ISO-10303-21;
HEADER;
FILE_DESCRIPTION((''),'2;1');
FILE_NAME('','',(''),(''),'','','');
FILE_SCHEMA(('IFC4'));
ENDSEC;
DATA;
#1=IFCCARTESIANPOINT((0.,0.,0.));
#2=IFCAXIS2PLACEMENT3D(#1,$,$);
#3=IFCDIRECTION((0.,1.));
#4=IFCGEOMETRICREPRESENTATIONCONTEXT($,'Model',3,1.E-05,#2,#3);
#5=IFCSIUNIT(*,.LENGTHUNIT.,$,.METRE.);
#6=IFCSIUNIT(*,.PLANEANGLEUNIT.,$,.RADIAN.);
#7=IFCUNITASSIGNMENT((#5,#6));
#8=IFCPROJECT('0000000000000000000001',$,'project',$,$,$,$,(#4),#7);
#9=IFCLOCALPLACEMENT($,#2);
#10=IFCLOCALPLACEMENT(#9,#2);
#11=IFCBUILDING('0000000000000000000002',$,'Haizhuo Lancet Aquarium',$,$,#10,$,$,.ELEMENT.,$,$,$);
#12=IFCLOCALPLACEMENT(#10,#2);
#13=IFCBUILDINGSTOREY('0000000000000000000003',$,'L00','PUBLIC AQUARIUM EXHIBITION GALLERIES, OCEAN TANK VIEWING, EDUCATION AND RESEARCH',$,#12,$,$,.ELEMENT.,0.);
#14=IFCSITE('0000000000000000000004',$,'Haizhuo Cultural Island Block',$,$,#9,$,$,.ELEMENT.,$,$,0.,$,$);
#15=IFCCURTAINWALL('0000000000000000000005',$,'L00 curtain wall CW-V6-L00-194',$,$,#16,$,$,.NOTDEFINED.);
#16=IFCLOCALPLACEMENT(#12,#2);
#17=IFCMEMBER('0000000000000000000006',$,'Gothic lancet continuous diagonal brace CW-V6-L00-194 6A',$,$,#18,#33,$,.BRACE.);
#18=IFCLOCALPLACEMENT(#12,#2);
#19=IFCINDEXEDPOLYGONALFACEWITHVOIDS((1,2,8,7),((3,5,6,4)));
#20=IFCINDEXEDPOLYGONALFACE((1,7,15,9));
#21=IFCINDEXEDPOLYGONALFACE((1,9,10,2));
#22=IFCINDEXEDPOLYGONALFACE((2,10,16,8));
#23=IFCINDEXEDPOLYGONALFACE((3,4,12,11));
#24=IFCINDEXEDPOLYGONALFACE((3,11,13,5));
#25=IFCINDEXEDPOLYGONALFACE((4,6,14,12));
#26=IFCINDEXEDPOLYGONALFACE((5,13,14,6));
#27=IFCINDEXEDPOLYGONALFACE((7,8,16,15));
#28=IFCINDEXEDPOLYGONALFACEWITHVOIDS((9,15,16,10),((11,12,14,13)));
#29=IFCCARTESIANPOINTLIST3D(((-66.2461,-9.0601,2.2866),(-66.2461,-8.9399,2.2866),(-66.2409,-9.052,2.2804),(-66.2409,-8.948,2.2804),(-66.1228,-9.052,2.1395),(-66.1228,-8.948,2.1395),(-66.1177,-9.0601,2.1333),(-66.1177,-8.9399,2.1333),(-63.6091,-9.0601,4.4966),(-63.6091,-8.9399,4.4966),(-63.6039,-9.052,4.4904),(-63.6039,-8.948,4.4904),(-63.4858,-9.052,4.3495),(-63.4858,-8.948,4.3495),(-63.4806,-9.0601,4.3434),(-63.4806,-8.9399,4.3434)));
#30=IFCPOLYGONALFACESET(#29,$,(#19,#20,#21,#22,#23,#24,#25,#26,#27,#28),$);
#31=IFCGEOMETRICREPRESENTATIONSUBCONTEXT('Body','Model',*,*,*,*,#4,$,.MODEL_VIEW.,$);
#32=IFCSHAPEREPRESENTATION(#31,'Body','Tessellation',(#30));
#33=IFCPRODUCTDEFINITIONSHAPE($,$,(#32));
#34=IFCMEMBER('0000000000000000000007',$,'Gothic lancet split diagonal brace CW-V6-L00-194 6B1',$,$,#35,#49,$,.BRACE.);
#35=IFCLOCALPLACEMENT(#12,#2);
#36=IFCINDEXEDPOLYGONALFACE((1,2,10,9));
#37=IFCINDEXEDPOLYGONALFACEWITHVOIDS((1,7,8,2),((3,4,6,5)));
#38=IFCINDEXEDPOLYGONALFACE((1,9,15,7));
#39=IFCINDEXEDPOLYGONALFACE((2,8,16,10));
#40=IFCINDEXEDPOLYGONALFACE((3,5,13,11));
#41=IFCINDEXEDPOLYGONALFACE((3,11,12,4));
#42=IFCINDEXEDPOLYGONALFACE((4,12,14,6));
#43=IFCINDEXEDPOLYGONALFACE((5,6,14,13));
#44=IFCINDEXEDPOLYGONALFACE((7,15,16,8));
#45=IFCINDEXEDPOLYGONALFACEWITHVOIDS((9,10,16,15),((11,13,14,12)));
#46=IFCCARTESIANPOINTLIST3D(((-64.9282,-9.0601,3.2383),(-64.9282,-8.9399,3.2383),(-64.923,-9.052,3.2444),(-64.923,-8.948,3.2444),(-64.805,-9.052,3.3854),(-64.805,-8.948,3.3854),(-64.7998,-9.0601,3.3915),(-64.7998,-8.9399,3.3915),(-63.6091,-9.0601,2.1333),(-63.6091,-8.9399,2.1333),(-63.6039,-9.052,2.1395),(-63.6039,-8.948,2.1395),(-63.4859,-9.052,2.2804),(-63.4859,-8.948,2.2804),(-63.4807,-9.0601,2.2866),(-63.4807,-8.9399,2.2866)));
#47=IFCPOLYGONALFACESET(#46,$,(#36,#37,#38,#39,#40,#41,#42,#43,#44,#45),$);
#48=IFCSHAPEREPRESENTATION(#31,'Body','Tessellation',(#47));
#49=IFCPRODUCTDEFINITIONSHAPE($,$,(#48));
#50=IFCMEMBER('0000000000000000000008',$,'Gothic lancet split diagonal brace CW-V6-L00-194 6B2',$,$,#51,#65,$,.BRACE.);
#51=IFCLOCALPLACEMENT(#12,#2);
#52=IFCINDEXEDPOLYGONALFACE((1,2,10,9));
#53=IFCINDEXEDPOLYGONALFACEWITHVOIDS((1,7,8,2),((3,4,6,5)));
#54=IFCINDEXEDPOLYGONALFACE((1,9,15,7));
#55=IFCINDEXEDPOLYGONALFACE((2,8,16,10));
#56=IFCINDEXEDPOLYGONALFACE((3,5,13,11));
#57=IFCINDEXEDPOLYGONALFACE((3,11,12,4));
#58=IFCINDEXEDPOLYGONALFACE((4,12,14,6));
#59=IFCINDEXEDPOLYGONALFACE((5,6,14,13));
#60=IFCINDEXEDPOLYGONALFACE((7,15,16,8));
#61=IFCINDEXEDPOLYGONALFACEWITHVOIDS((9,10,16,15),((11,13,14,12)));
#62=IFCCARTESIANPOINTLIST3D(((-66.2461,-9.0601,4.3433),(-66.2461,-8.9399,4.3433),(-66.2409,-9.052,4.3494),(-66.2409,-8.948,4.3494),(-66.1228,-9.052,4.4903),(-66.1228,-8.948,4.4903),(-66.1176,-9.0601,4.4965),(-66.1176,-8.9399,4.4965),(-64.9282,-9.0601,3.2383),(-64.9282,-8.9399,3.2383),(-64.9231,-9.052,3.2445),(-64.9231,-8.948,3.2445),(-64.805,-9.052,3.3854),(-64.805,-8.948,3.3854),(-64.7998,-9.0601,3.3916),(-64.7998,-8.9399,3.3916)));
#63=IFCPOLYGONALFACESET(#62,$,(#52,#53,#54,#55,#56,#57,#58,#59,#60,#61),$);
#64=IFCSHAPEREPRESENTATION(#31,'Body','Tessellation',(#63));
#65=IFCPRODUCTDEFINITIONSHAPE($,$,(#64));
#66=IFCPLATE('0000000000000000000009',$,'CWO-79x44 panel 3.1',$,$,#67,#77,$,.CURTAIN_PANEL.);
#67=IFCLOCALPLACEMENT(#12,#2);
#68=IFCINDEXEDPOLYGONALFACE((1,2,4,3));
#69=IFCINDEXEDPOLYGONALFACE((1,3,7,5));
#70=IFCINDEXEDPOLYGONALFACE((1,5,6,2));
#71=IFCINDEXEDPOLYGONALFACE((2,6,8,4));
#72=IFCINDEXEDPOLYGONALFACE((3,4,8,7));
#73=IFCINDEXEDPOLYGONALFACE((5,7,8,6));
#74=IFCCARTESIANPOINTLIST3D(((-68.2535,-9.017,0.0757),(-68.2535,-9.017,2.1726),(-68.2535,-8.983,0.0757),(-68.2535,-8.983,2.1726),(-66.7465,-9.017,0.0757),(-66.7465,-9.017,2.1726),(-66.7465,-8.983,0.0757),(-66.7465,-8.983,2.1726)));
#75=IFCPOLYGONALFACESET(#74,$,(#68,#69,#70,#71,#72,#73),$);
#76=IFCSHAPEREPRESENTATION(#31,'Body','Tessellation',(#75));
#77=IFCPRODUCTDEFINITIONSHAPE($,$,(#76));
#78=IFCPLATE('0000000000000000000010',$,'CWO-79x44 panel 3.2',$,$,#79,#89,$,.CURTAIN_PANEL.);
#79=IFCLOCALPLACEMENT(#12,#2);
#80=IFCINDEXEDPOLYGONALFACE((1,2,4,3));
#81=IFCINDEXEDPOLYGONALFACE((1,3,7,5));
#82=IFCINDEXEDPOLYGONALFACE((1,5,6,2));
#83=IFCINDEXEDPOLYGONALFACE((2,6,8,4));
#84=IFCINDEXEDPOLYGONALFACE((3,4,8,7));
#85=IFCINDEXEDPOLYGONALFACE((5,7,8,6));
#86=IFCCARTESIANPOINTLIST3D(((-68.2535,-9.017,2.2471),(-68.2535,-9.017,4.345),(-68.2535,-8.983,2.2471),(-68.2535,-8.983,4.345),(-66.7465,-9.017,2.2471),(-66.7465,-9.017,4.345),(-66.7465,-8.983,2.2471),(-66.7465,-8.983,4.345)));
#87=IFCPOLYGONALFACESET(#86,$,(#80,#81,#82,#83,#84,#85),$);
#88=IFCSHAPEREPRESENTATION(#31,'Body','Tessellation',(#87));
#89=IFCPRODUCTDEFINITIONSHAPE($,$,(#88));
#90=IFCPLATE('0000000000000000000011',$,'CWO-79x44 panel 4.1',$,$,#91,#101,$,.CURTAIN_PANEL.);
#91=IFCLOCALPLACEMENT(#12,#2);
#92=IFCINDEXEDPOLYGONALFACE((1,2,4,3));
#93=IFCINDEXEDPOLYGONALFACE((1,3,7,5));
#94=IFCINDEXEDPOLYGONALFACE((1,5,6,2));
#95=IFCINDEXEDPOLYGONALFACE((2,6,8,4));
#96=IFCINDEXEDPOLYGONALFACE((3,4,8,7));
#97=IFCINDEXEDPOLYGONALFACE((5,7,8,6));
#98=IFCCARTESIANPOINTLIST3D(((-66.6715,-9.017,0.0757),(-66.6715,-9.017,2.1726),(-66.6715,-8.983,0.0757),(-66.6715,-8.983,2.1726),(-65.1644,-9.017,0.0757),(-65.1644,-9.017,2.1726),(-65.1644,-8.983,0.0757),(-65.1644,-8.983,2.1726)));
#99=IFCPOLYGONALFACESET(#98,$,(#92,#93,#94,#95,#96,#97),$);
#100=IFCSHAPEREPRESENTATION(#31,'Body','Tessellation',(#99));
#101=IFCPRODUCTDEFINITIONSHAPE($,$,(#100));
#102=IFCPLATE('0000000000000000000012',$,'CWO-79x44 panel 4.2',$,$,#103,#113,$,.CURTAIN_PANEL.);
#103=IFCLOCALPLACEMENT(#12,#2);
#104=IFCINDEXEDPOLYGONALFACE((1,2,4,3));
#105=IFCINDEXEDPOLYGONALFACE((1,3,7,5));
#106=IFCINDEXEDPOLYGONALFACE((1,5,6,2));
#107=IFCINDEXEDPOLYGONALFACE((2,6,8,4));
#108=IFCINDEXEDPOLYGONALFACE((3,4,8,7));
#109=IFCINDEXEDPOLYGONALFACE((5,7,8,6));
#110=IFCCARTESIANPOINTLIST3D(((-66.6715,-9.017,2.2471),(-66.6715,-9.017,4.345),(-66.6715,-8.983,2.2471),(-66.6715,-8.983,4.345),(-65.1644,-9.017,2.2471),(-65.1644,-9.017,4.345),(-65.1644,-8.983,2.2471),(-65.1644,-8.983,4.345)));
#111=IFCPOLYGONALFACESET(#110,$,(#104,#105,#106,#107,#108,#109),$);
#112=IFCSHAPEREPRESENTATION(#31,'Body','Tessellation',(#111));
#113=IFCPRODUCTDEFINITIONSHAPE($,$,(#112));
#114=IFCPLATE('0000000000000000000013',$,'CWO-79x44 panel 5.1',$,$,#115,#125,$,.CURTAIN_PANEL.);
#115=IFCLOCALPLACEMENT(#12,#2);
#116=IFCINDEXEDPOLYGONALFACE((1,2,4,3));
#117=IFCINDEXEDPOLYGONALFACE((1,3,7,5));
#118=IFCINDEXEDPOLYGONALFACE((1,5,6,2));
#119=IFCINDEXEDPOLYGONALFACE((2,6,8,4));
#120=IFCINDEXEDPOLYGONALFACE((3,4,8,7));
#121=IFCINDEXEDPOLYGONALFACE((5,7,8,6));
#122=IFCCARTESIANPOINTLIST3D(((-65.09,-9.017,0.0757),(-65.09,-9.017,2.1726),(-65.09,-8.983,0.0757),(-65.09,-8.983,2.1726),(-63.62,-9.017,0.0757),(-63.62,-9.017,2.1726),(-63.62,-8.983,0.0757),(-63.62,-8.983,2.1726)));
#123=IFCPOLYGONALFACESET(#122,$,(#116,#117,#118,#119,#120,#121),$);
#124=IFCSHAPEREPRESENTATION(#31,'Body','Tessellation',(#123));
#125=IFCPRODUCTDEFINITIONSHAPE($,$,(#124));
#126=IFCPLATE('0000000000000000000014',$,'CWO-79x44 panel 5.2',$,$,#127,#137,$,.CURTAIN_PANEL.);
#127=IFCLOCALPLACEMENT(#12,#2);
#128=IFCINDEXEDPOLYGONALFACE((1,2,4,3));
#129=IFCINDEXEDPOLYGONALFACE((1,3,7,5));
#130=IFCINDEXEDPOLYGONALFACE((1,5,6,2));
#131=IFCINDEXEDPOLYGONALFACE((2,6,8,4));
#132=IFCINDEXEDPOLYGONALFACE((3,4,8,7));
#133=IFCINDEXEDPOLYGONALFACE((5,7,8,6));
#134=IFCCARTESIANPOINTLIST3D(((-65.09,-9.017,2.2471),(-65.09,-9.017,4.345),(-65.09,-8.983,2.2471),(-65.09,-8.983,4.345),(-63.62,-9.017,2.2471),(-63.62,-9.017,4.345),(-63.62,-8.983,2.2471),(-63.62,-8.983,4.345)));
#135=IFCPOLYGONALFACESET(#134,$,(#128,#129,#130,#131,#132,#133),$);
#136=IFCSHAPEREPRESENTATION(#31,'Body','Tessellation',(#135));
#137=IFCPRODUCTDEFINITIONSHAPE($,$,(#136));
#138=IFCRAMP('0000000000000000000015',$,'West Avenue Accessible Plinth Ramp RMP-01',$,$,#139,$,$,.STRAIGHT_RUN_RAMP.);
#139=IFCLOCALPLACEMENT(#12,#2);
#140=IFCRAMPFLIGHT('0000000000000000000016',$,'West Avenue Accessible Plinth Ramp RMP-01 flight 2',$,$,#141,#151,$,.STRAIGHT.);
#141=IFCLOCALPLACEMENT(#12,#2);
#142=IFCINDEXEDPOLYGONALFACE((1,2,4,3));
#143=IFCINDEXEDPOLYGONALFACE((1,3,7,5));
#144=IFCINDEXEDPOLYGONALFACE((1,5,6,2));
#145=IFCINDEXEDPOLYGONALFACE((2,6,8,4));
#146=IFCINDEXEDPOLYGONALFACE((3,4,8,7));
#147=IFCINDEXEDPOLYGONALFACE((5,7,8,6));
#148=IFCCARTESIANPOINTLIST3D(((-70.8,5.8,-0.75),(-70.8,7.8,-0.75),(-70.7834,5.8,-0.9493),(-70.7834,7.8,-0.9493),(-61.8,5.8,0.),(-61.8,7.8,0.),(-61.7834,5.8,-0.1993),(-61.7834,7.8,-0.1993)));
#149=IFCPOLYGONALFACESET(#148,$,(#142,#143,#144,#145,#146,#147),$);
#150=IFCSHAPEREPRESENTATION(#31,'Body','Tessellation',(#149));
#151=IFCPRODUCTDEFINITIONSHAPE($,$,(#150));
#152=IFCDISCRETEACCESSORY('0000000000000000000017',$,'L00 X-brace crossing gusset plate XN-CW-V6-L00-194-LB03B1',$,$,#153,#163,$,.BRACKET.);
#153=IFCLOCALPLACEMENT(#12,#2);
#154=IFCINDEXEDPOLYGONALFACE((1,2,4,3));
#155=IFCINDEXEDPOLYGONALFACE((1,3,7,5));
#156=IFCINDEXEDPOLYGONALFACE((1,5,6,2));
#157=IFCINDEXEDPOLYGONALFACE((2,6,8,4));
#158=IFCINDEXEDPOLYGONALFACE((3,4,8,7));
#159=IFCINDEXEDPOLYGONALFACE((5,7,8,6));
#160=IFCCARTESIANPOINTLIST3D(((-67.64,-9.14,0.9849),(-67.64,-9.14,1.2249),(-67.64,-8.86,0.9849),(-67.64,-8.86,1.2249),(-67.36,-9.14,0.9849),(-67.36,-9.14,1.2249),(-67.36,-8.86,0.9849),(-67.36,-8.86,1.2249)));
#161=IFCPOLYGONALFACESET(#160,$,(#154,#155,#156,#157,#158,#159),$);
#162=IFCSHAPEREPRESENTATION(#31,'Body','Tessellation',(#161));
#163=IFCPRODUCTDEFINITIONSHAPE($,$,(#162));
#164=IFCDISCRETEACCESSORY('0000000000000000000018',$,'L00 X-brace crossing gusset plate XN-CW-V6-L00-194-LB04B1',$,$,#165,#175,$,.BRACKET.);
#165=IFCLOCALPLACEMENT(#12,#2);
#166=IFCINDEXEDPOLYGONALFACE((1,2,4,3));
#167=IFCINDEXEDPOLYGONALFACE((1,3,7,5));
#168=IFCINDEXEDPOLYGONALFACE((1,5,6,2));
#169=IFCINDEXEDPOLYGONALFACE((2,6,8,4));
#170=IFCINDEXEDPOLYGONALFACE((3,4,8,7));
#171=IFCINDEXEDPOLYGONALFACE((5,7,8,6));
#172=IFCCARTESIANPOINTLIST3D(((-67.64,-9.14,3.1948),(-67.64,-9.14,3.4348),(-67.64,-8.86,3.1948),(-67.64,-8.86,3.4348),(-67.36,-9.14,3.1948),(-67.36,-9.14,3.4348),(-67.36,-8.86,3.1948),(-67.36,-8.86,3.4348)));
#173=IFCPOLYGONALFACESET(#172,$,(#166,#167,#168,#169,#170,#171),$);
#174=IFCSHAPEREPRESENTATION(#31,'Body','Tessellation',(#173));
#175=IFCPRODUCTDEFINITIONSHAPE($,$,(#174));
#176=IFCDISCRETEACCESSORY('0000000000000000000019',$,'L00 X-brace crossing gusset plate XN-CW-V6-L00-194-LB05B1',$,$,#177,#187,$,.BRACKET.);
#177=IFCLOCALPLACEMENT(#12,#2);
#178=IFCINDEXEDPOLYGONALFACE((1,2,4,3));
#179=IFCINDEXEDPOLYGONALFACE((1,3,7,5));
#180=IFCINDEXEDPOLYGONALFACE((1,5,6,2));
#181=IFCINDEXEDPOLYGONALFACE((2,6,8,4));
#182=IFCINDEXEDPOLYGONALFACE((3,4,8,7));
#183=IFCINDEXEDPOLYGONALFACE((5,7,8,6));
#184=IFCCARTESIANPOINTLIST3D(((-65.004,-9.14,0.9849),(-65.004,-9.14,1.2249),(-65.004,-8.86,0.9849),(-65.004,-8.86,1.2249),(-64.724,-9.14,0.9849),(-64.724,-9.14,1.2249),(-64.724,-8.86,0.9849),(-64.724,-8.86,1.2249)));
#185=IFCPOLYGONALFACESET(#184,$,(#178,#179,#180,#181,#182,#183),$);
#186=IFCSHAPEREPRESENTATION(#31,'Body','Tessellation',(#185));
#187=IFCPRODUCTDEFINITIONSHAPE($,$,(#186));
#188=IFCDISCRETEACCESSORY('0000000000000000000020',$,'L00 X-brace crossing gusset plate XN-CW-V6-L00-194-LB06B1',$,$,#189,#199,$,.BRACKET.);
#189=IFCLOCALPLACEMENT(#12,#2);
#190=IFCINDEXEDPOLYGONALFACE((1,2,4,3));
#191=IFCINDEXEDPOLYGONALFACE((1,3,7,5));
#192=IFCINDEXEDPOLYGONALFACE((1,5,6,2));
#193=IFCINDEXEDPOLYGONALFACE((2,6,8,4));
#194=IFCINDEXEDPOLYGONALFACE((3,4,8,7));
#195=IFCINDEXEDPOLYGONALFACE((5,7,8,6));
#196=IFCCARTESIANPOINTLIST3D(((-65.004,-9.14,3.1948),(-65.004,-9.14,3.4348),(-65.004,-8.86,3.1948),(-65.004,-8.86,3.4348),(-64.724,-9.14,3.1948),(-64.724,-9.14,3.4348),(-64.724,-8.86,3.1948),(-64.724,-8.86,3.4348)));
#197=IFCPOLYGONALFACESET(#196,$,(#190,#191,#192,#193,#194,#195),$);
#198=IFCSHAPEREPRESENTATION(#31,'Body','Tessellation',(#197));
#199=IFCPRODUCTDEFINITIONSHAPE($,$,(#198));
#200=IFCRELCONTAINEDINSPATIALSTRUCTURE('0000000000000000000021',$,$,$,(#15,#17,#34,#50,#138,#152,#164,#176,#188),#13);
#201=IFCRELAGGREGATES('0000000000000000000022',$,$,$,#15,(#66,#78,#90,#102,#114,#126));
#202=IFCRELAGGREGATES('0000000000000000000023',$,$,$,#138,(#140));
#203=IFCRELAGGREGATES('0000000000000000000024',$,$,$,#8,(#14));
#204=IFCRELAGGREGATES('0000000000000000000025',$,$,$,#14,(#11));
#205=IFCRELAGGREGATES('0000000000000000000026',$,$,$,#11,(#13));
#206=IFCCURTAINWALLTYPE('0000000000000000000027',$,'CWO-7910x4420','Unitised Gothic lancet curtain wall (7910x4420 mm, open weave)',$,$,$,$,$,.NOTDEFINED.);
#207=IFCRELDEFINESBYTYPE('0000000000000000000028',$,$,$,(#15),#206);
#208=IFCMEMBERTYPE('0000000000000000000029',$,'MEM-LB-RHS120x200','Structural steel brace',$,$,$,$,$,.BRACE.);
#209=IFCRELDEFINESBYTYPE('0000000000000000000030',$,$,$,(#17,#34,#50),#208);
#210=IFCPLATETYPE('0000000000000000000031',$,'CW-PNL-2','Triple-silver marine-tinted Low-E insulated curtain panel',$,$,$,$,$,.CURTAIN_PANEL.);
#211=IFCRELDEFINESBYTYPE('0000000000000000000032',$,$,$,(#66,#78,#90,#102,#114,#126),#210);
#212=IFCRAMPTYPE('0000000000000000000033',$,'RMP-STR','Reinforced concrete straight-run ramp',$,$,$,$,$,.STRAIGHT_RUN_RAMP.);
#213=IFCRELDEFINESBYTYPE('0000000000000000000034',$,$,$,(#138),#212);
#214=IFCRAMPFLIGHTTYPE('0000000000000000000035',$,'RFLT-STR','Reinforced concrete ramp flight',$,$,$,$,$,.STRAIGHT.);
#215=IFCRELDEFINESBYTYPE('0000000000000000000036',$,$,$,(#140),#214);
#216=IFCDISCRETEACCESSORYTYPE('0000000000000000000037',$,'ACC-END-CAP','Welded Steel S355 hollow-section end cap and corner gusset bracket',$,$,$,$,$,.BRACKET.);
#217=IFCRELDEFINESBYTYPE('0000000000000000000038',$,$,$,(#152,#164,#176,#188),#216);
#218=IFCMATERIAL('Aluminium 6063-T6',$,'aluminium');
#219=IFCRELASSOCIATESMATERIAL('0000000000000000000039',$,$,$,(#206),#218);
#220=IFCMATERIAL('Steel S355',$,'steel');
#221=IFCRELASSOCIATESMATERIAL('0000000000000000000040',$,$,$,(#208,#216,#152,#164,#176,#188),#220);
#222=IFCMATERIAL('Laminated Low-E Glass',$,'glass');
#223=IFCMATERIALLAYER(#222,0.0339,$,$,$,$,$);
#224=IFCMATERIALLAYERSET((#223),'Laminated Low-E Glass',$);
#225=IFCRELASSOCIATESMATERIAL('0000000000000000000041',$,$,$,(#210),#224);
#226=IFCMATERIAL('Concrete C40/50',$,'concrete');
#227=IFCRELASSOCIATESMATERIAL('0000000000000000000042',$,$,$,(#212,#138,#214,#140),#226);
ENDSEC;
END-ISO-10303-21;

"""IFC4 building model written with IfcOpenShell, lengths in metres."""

from ifc_helpers import new_model, si_unit, direction, frame, origin, origin_2d, place, context, subcontext, project, spatial, polyline, rectangle, hollow_rectangle, outline, extrude, material, layer, layer_set, material_profile, profile_set, type_object, element, aggregate, save


model = new_model("IFC4")

# Units and contexts
model_context = context("Model", 3, precision=1e-05, world=origin(), true_north=direction((0.0, 1.0)))
body_context = subcontext(model_context, "Body", "Model", "MODEL_VIEW")
ifc_project = project(units=[si_unit("LENGTHUNIT", "METRE"), si_unit("PLANEANGLEUNIT", "RADIAN")], contexts=[model_context])

# Site, building, storey
site_placement = place(None, origin())
site = spatial("IfcSite", under=ifc_project, at=site_placement, Name="Haizhuo Cultural Island Block", CompositionType="ELEMENT", RefElevation=0.0)
building_placement = place(site_placement, origin())
building = spatial("IfcBuilding", under=site, at=building_placement, Name="Haizhuo Lancet Aquarium", CompositionType="ELEMENT")
storey_placement = place(building_placement, origin())
storey = spatial("IfcBuildingStorey", under=building, at=storey_placement, Name="L00", Description="PUBLIC AQUARIUM EXHIBITION GALLERIES, OCEAN TANK VIEWING, EDUCATION AND RESEARCH", CompositionType="ELEMENT", Elevation=0.0)

# Curtain wall
ifc_material_1 = material(Name="Aluminium 6063-T6", Category="aluminium")
curtain_wall_type = type_object("IfcCurtainWallType", Name="CWO-7910x4420", Description="Unitised Gothic lancet curtain wall (7910x4420 mm, open weave)", PredefinedType="NOTDEFINED", material=ifc_material_1)
curtain_wall_placement = place(storey_placement, origin())
curtain_wall = element("IfcCurtainWall", 1, at=curtain_wall_placement, inside=storey, type_object=curtain_wall_type, Name="L00 curtain wall CW-V6-L00-194", PredefinedType="NOTDEFINED")

# Members
ifc_material_2 = material(Name="Steel S355", Category="steel")
ifc_material_profile_1 = material_profile(ifc_material_2, hollow_rectangle(XDim=0.1201, YDim=0.2, WallThickness=0.0081, at=origin_2d()), Name="RHS 120x200x8")
ifc_profile_set_1 = profile_set([ifc_material_profile_1], Name="Steel S355")
member_type_1 = type_object("IfcMemberType", Name="MEM-LB-RHS120x200", Description="Structural steel brace", PredefinedType="BRACE", material=ifc_profile_set_1)
member_1_placement = place(storey_placement, frame((-66.1819, -9.0, 2.21), z_axis=(0.766433, 0.0, 0.642325), x_axis=(0.0, 1.0, 0.0)))
element("IfcMember", 2, at=member_1_placement, inside=storey, type_object=member_type_1, Name="Gothic lancet continuous diagonal brace CW-V6-L00-194 6A", PredefinedType="BRACE", context=body_context, shape_type="SweptSolid", body=[
    extrude(hollow_rectangle(XDim=0.1201, YDim=0.2, WallThickness=0.0081, at=origin_2d()), origin(), (0.0, 0.0, 1.0), 3.4407),
])
member_2_placement = place(storey_placement, frame((-63.5449, -9.0, 2.21), z_axis=(-0.766579, 0.0, 0.64215), x_axis=(0.0, -1.0, 0.0)))
element("IfcMember", 3, at=member_2_placement, inside=storey, type_object=member_type_1, Name="Gothic lancet split diagonal brace CW-V6-L00-194 6B1", PredefinedType="BRACE", context=body_context, shape_type="SweptSolid", body=[
    extrude(hollow_rectangle(XDim=0.1201, YDim=0.2, WallThickness=0.0081, at=origin_2d()), origin(), (0.0, 0.0, 1.0), 1.7207),
])
member_3_placement = place(storey_placement, frame((-64.864, -9.0, 3.3149), z_axis=(-0.766286, 0.0, 0.642499), x_axis=(0.0, -1.0, 0.0)))
element("IfcMember", 4, at=member_3_placement, inside=storey, type_object=member_type_1, Name="Gothic lancet split diagonal brace CW-V6-L00-194 6B2", PredefinedType="BRACE", context=body_context, shape_type="SweptSolid", body=[
    extrude(hollow_rectangle(XDim=0.1201, YDim=0.2, WallThickness=0.0081, at=origin_2d()), origin(), (0.0, 0.0, 1.0), 1.7197),
])

# Plates
ifc_material_3 = material(Name="Laminated Low-E Glass", Category="glass")
ifc_layer = layer(ifc_material_3, 0.0339)
ifc_layer_set = layer_set([ifc_layer], Name="Laminated Low-E Glass")
plate_type = type_object("IfcPlateType", Name="CW-PNL-2", Description="Triple-silver marine-tinted Low-E insulated curtain panel", PredefinedType="CURTAIN_PANEL", material=ifc_layer_set)
plate_1_placement = place(storey_placement, frame((-67.5, -9.0, 0.0757), z_axis=(0.0, 0.0, 1.0), x_axis=(1.0, 0.0, 0.0)))
plate_1 = element("IfcPlate", 5, at=plate_1_placement, type_object=plate_type, Name="CWO-79x44 panel 3.1", PredefinedType="CURTAIN_PANEL", context=body_context, shape_type="SweptSolid", body=[
    extrude(rectangle(XDim=1.5071, YDim=0.0339, at=origin_2d()), origin(), (0.0, 0.0, 1.0), 2.0969),
])
plate_2_placement = place(storey_placement, frame((-67.5, -9.0, 2.2471), z_axis=(0.0, 0.0, 1.0), x_axis=(1.0, 0.0, 0.0)))
plate_2 = element("IfcPlate", 6, at=plate_2_placement, type_object=plate_type, Name="CWO-79x44 panel 3.2", PredefinedType="CURTAIN_PANEL", context=body_context, shape_type="SweptSolid", body=[
    extrude(rectangle(XDim=1.5071, YDim=0.0339, at=origin_2d()), origin(), (0.0, 0.0, 1.0), 2.0979),
])
plate_3_placement = place(storey_placement, frame((-65.918, -9.0, 0.0757), z_axis=(0.0, 0.0, 1.0), x_axis=(1.0, 0.0, 0.0)))
plate_3 = element("IfcPlate", 7, at=plate_3_placement, type_object=plate_type, Name="CWO-79x44 panel 4.1", PredefinedType="CURTAIN_PANEL", context=body_context, shape_type="SweptSolid", body=[
    extrude(rectangle(XDim=1.5071, YDim=0.0339, at=origin_2d()), origin(), (0.0, 0.0, 1.0), 2.0969),
])
plate_4_placement = place(storey_placement, frame((-65.918, -9.0, 2.2471), z_axis=(0.0, 0.0, 1.0), x_axis=(1.0, 0.0, 0.0)))
plate_4 = element("IfcPlate", 8, at=plate_4_placement, type_object=plate_type, Name="CWO-79x44 panel 4.2", PredefinedType="CURTAIN_PANEL", context=body_context, shape_type="SweptSolid", body=[
    extrude(rectangle(XDim=1.5071, YDim=0.0339, at=origin_2d()), origin(), (0.0, 0.0, 1.0), 2.0979),
])
plate_5_placement = place(storey_placement, frame((-64.355, -9.0, 0.0757), z_axis=(0.0, 0.0, 1.0), x_axis=(1.0, 0.0, 0.0)))
plate_5 = element("IfcPlate", 9, at=plate_5_placement, type_object=plate_type, Name="CWO-79x44 panel 5.1", PredefinedType="CURTAIN_PANEL", context=body_context, shape_type="SweptSolid", body=[
    extrude(rectangle(XDim=1.47, YDim=0.0339, at=origin_2d()), origin(), (0.0, 0.0, 1.0), 2.0969),
])
plate_6_placement = place(storey_placement, frame((-64.355, -9.0, 2.2471), z_axis=(0.0, 0.0, 1.0), x_axis=(1.0, 0.0, 0.0)))
plate_6 = element("IfcPlate", 10, at=plate_6_placement, type_object=plate_type, Name="CWO-79x44 panel 5.2", PredefinedType="CURTAIN_PANEL", context=body_context, shape_type="SweptSolid", body=[
    extrude(rectangle(XDim=1.47, YDim=0.0339, at=origin_2d()), origin(), (0.0, 0.0, 1.0), 2.0979),
])
aggregate(curtain_wall, [plate_1, plate_2, plate_3, plate_4, plate_5, plate_6])

# Ramp, ramp flight
ifc_material_4 = material(Name="Concrete C40/50", Category="concrete")
ramp_type = type_object("IfcRampType", Name="RMP-STR", Description="Reinforced concrete straight-run ramp", PredefinedType="STRAIGHT_RUN_RAMP", material=ifc_material_4)
ramp_placement = place(storey_placement, origin())
ramp = element("IfcRamp", 11, at=ramp_placement, inside=storey, type_object=ramp_type, material=ifc_material_4, Name="West Avenue Accessible Plinth Ramp RMP-01", PredefinedType="STRAIGHT_RUN_RAMP")
ramp_flight_type = type_object("IfcRampFlightType", Name="RFLT-STR", Description="Reinforced concrete ramp flight", PredefinedType="STRAIGHT", material=ifc_material_4)
ramp_flight_placement = place(storey_placement, frame((-70.8, 5.8, -0.75), z_axis=(-0.083045, 0.0, 0.996546), x_axis=(0.996546, 0.0, 0.083045)))
ramp_flight = element("IfcRampFlight", 12, at=ramp_flight_placement, type_object=ramp_flight_type, material=ifc_material_4, Name="West Avenue Accessible Plinth Ramp RMP-01 flight 2", PredefinedType="STRAIGHT", context=body_context, shape_type="SweptSolid", body=[
    extrude(outline(polyline([(0.0, 0.0), (9.0312, 0.0), (9.0312, 2.0), (0.0, 2.0), (0.0, 0.0)])), origin(), (0.0, 0.0, -1.0), 0.2),
])
aggregate(ramp, [ramp_flight])

# Discrete accessories
discrete_accessory_type = type_object("IfcDiscreteAccessoryType", Name="ACC-END-CAP", Description="Welded Steel S355 hollow-section end cap and corner gusset bracket", PredefinedType="BRACKET", material=ifc_material_2)
for number, where, z_axis, x_axis, name in (
    (13, (-67.5, -9.0, 0.9849), (0.0, 0.0, 1.0), (1.0, 0.0, 0.0), "L00 X-brace crossing gusset plate XN-CW-V6-L00-194-LB03B1"),
    (14, (-67.5, -9.0, 3.1948), (0.0, 0.0, 1.0), (1.0, 0.0, 0.0), "L00 X-brace crossing gusset plate XN-CW-V6-L00-194-LB04B1"),
    (15, (-64.864, -9.0, 0.9849), (0.0, 0.0, 1.0), (1.0, 0.0, 0.0), "L00 X-brace crossing gusset plate XN-CW-V6-L00-194-LB05B1"),
    (16, (-64.864, -9.0, 3.1948), (0.0, 0.0, 1.0), (1.0, 0.0, 0.0), "L00 X-brace crossing gusset plate XN-CW-V6-L00-194-LB06B1"),
):
    element("IfcDiscreteAccessory", number, at=place(storey_placement, frame(where, z_axis=z_axis, x_axis=x_axis)), inside=storey, type_object=discrete_accessory_type, material=ifc_material_2, Name=name, PredefinedType="BRACKET", context=body_context, shape_type="SweptSolid", body=[
        extrude(rectangle(XDim=0.28, YDim=0.28, at=origin_2d()), origin(), (0.0, 0.0, 1.0), 0.24),
    ])

save(model, "model.ifc")
